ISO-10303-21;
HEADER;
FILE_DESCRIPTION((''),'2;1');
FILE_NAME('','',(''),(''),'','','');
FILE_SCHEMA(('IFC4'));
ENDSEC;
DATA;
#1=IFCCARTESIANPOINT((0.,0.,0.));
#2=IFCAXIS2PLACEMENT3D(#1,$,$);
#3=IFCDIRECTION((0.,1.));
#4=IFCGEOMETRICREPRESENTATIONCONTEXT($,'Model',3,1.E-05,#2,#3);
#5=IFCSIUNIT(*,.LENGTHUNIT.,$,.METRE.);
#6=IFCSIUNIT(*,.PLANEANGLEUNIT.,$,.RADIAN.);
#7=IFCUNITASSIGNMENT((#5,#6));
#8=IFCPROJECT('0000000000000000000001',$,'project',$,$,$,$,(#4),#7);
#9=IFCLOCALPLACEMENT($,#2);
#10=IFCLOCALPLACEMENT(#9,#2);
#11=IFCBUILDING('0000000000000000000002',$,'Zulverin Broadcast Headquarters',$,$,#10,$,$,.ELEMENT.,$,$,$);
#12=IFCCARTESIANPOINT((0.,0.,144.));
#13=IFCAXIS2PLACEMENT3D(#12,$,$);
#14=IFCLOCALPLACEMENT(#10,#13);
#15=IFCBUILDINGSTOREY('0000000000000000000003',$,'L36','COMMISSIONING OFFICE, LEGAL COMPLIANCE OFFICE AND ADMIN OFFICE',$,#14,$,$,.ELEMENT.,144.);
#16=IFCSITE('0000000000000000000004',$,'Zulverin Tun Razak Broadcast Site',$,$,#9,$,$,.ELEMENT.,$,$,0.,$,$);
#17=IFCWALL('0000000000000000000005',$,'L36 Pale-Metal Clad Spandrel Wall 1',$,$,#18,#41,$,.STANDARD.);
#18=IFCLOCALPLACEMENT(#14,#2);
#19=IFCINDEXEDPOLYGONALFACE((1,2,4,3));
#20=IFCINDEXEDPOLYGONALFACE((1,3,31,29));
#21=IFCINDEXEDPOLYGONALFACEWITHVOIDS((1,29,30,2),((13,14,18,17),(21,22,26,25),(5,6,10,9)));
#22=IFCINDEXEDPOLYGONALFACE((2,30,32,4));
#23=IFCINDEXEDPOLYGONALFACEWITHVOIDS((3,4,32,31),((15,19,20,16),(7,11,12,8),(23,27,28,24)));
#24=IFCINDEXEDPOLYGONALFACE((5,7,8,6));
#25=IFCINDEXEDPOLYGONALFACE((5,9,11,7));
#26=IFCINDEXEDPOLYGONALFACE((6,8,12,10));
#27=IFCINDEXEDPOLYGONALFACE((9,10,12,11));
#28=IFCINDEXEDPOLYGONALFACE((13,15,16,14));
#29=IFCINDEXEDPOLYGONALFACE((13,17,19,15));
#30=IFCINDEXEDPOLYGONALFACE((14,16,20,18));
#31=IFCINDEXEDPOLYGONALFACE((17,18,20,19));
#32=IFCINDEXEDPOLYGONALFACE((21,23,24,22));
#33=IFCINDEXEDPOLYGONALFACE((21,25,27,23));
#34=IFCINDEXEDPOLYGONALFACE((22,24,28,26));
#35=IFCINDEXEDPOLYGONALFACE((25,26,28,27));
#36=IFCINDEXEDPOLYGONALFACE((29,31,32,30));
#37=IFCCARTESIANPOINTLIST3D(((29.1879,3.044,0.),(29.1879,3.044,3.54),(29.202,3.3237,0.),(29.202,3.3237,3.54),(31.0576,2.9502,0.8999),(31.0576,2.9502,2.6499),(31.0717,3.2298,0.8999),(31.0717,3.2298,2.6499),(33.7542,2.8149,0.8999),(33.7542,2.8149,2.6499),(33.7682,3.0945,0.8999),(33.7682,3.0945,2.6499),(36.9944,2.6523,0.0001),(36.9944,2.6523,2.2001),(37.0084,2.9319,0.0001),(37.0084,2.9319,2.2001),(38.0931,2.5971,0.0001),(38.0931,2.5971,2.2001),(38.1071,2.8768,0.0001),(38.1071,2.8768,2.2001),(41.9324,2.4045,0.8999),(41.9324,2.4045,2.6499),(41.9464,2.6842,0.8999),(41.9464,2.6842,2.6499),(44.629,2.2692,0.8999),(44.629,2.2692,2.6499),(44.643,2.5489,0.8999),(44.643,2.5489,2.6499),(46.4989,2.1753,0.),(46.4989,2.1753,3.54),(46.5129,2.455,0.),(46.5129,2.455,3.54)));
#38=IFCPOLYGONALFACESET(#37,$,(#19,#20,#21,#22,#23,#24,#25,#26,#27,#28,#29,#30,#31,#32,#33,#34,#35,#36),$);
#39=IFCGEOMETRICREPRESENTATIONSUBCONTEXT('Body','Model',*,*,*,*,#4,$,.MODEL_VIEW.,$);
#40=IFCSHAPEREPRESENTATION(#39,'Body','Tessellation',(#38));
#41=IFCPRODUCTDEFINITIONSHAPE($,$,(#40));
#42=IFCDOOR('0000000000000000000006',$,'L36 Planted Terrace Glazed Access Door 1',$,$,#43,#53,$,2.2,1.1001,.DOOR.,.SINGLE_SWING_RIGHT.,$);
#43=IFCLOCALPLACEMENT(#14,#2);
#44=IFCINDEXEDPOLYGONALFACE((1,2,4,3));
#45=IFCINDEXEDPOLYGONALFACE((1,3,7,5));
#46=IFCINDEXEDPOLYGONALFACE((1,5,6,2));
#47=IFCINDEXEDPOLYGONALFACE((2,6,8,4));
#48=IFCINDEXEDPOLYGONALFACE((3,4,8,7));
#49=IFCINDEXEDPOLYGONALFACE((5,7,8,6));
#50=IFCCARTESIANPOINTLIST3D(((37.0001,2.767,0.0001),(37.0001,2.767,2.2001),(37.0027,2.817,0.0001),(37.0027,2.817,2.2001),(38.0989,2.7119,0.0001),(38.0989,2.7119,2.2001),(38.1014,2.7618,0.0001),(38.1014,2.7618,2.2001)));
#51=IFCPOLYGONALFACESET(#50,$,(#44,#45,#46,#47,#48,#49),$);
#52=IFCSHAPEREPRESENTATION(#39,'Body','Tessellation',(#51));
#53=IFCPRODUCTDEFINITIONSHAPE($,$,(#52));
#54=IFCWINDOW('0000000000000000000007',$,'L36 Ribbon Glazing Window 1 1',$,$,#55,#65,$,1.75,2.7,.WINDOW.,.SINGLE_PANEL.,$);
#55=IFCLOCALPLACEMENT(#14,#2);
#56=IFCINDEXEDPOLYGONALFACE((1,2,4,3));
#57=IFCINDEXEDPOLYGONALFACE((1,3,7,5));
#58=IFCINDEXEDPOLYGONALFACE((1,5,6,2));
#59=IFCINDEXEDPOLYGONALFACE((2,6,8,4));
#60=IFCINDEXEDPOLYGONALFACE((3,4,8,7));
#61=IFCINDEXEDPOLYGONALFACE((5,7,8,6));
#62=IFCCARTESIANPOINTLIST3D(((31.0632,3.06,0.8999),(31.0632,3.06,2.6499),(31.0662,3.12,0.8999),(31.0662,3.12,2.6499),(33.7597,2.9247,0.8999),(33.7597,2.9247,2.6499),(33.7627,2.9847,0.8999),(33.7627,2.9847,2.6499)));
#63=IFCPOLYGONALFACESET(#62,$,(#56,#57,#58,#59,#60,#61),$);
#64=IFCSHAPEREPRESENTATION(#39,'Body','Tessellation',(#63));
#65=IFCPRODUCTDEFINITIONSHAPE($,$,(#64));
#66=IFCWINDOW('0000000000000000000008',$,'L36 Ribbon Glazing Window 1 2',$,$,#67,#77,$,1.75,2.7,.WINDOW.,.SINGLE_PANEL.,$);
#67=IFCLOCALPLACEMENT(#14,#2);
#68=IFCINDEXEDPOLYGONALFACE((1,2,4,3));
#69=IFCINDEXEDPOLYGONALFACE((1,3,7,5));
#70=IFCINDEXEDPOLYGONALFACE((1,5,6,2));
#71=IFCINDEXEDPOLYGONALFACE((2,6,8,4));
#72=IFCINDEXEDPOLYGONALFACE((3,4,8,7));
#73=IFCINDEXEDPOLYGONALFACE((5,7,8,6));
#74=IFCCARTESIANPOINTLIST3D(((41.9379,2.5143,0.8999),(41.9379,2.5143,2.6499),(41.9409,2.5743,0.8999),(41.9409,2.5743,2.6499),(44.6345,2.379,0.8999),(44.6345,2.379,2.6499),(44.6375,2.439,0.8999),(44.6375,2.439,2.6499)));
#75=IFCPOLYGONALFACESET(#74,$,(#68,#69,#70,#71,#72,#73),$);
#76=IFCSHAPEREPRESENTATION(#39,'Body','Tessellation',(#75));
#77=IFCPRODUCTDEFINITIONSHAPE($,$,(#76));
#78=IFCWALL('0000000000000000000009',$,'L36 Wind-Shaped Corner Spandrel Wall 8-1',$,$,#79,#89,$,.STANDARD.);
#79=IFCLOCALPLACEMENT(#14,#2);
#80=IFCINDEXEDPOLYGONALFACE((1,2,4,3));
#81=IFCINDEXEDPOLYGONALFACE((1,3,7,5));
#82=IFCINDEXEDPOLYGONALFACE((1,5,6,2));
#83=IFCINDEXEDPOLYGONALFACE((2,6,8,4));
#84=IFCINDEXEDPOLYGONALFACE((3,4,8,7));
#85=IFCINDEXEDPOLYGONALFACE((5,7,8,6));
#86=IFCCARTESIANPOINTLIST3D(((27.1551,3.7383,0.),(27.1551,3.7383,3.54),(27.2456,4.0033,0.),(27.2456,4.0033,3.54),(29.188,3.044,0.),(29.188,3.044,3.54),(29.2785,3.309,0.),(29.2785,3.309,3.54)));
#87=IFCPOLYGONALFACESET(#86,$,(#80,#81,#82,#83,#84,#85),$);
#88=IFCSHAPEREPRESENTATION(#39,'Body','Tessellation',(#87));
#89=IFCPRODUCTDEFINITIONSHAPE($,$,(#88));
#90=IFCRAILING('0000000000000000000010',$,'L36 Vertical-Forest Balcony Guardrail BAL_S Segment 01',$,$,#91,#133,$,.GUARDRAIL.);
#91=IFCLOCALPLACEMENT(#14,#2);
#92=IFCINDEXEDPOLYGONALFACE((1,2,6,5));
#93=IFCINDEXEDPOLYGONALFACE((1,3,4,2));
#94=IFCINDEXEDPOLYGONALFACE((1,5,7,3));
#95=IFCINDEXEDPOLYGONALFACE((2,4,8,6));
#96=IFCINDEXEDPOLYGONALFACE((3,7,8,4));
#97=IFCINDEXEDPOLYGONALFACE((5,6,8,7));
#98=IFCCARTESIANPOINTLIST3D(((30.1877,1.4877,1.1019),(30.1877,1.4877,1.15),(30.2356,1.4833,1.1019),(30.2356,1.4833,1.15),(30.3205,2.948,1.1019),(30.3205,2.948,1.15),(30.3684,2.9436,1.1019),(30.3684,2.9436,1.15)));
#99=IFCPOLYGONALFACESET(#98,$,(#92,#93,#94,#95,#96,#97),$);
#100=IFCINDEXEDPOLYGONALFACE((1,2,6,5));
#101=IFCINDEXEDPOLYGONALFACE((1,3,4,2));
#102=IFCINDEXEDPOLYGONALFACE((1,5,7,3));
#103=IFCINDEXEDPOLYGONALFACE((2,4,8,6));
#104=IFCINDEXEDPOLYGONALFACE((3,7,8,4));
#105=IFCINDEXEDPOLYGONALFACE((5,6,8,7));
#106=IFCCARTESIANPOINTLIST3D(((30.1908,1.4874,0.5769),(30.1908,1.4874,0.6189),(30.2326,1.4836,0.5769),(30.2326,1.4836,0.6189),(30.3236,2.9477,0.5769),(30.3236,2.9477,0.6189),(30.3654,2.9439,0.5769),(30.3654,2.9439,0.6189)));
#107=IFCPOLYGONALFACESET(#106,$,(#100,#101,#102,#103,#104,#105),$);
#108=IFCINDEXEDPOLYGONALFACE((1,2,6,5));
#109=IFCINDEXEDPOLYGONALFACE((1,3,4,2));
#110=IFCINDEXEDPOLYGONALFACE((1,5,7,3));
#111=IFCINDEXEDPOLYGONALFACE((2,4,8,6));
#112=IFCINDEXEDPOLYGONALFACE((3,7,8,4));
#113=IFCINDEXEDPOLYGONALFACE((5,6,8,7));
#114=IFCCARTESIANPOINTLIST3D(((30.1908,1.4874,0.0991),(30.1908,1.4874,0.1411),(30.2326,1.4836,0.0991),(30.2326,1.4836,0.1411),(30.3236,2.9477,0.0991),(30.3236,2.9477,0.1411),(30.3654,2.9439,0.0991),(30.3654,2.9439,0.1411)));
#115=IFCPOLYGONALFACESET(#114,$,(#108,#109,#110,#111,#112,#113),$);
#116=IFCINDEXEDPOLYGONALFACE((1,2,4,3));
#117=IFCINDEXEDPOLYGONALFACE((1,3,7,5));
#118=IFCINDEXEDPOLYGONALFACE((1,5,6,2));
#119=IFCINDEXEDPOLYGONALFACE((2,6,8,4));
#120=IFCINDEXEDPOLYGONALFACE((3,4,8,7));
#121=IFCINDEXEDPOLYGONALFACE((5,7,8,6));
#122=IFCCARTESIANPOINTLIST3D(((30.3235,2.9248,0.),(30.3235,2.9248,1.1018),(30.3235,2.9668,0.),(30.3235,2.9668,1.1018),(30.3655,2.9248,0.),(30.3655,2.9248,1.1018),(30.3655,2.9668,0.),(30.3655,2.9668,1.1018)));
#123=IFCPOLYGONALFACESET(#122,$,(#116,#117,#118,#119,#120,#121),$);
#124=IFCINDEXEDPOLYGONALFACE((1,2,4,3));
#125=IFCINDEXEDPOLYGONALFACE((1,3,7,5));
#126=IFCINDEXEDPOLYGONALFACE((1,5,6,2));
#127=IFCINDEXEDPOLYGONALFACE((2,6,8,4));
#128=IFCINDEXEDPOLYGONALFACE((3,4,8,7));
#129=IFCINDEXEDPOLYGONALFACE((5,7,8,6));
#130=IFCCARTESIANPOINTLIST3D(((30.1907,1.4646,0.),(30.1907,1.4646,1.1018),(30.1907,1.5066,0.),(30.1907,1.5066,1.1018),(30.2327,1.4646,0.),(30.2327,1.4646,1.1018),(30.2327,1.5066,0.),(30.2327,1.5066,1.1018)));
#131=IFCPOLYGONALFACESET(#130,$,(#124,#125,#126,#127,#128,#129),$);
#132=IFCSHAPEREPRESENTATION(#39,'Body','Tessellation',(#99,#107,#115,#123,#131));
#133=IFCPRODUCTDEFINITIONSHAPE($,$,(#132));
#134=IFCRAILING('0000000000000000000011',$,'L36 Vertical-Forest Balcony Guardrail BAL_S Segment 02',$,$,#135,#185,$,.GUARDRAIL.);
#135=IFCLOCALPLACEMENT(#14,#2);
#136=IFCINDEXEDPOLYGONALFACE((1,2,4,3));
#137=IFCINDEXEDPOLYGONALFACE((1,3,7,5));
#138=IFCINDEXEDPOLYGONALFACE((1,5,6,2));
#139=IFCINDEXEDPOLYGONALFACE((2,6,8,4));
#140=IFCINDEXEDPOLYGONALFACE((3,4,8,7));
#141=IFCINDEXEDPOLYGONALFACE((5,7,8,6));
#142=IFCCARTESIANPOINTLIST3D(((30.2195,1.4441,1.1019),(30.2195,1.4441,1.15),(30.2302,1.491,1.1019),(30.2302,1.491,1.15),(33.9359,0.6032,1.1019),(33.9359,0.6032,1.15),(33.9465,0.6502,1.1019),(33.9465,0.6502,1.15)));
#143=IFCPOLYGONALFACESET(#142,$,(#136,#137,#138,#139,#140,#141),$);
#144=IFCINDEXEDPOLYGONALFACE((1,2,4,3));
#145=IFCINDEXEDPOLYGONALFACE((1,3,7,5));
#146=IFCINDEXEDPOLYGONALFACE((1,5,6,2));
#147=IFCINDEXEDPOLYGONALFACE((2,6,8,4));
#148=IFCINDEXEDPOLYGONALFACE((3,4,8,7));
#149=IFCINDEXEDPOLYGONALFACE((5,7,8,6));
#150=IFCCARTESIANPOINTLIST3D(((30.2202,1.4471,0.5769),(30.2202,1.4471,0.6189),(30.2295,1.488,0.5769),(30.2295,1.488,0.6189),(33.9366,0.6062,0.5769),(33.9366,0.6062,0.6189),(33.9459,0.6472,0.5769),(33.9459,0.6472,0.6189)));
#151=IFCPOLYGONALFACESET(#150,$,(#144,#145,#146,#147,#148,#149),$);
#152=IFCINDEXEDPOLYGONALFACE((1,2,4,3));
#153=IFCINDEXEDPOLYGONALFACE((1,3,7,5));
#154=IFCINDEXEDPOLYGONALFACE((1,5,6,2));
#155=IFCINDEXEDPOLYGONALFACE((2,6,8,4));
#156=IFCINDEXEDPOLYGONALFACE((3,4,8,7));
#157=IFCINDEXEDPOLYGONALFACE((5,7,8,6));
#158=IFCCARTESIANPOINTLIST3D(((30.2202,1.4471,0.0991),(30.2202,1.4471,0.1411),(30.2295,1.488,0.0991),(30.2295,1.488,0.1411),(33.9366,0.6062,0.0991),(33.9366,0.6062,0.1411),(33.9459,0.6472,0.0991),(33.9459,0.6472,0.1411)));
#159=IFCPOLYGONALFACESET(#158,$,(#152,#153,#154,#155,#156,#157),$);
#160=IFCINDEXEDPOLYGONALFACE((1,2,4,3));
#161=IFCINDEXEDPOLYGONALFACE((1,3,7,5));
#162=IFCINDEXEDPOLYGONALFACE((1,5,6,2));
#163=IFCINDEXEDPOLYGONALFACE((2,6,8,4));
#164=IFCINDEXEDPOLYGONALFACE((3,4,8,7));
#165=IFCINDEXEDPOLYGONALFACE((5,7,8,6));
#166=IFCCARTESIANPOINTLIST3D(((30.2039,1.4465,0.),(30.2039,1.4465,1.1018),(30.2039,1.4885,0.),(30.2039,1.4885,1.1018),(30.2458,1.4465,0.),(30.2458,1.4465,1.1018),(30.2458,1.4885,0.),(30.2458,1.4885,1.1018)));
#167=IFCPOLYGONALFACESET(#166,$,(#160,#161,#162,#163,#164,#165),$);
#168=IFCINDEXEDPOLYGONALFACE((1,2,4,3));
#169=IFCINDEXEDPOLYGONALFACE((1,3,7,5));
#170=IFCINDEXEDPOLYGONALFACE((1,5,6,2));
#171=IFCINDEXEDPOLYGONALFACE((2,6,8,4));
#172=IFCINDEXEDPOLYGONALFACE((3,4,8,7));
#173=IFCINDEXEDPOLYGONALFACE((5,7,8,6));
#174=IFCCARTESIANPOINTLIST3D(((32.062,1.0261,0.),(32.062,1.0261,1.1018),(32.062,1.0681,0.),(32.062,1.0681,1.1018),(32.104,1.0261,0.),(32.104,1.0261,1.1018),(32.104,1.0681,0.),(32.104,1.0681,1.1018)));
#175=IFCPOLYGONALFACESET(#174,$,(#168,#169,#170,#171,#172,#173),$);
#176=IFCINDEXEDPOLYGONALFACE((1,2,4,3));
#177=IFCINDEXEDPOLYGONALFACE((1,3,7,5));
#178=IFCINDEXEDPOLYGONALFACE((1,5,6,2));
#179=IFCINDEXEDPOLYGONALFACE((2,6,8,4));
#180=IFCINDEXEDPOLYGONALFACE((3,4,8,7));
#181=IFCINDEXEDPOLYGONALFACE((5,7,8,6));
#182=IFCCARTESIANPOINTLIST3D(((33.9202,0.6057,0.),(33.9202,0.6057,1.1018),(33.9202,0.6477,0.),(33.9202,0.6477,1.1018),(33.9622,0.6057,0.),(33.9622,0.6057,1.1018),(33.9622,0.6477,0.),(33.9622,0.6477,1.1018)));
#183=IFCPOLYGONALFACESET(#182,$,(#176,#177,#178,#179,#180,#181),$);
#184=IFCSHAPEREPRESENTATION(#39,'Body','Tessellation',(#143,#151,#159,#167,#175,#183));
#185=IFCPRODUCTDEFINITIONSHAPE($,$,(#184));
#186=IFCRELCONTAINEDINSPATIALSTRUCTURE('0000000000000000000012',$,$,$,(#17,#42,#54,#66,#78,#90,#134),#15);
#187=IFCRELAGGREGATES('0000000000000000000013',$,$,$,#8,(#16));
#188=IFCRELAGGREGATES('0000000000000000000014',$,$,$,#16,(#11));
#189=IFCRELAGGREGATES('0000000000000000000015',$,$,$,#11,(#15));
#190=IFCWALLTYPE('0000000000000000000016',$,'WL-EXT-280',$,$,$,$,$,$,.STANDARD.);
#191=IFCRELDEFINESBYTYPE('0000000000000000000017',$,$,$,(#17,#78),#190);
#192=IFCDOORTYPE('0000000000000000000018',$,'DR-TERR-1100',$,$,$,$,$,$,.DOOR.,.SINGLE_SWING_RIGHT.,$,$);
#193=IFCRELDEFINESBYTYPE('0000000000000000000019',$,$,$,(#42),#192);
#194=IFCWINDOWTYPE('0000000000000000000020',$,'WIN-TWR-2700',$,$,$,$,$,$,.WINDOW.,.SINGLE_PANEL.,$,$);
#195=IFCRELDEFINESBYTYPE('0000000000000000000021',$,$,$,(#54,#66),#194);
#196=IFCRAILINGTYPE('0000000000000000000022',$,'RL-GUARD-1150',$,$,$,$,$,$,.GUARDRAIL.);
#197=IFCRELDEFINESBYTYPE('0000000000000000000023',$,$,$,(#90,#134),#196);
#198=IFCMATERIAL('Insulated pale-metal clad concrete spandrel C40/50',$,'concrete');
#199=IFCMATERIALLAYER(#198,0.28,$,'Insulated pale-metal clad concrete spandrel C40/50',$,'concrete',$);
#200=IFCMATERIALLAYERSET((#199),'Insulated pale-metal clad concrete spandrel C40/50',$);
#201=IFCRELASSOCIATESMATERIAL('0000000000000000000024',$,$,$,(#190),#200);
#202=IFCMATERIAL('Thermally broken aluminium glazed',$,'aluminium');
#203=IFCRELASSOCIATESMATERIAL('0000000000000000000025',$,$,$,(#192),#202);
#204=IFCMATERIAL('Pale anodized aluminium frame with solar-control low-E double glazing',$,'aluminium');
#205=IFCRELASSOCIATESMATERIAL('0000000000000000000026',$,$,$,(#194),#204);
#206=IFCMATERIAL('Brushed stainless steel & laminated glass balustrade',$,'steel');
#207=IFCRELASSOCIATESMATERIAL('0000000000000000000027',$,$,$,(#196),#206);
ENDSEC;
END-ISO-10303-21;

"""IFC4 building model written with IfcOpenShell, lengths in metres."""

from ifc_helpers import new_model, si_unit, direction, frame, frame_2d, origin, origin_2d, place, context, subcontext, project, spatial, rectangle, extrude, material, layer, layer_set, type_object, element, fill, save


model = new_model("IFC4")

# Units and contexts
model_context = context("Model", 3, precision=1e-05, world=origin(), true_north=direction((0.0, 1.0)))
body_context = subcontext(model_context, "Body", "Model", "MODEL_VIEW")
ifc_project = project(units=[si_unit("LENGTHUNIT", "METRE"), si_unit("PLANEANGLEUNIT", "RADIAN")], contexts=[model_context])

# Site, building, storey
site_placement = place(None, origin())
site = spatial("IfcSite", under=ifc_project, at=site_placement, Name="Zulverin Tun Razak Broadcast Site", CompositionType="ELEMENT", RefElevation=0.0)
building_placement = place(site_placement, origin())
building = spatial("IfcBuilding", under=site, at=building_placement, Name="Zulverin Broadcast Headquarters", CompositionType="ELEMENT")
storey_placement = place(building_placement, frame((0.0, 0.0, 144.0)))
storey = spatial("IfcBuildingStorey", under=building, at=storey_placement, Name="L36", Description="COMMISSIONING OFFICE, LEGAL COMPLIANCE OFFICE AND ADMIN OFFICE", CompositionType="ELEMENT", Elevation=144.0)

# Wall, openings, door, windows
ifc_material_1 = material(Name="Insulated pale-metal clad concrete spandrel C40/50", Category="concrete")
ifc_layer_1 = layer(ifc_material_1, 0.28, Name="Insulated pale-metal clad concrete spandrel C40/50", Category="concrete")
ifc_layer_set_1 = layer_set([ifc_layer_1], Name="Insulated pale-metal clad concrete spandrel C40/50")
wall_type = type_object("IfcWallType", Name="WL-EXT-280", PredefinedType="STANDARD", material=ifc_layer_set_1)
wall_1_placement = place(storey_placement, frame((29.1948, 3.1838, 0.0), z_axis=(0.0, 0.0, 1.0), x_axis=(0.998743, -0.050116, 0.0)))
wall_1 = element("IfcWall", 1, at=wall_1_placement, inside=storey, type_object=wall_type, Name="L36 Pale-Metal Clad Spandrel Wall 1", PredefinedType="STANDARD", context=body_context, shape_type="SweptSolid", body=[
    extrude(rectangle(XDim=17.3328, YDim=0.28, at=frame_2d((8.6665, 0.0))), origin(), (0.0, 0.0, 1.0), 3.54),
])
opening_1_placement = place(wall_1_placement, frame((7.8164, 0.0, 0.0)))
opening_1 = element("IfcOpeningElement", 2, at=opening_1_placement, cuts=wall_1, PredefinedType="OPENING", context=body_context, shape_type="SweptSolid", body=[
    extrude(rectangle(XDim=1.1001, YDim=2.2, at=frame_2d((0.55, 1.1001))), frame((0.0, 0.1499, 0.0), z_axis=(0.0, -1.0, 0.0), x_axis=(1.0, 0.0, 0.0)), (0.0, 0.0, 1.0), 0.3),
])
opening_2_placement = place(wall_1_placement, frame((1.8721, 0.0, 0.8999)))
opening_2 = element("IfcOpeningElement", 3, at=opening_2_placement, cuts=wall_1, PredefinedType="OPENING", context=body_context, shape_type="SweptSolid", body=[
    extrude(rectangle(XDim=2.7, YDim=1.75, at=frame_2d((1.3501, 0.875))), frame((0.0, 0.1499, 0.0), z_axis=(0.0, -1.0, 0.0), x_axis=(1.0, 0.0, 0.0)), (0.0, 0.0, 1.0), 0.3),
])
opening_3_placement = place(wall_1_placement, frame((12.7605, 0.0, 0.8999)))
opening_3 = element("IfcOpeningElement", 4, at=opening_3_placement, cuts=wall_1, PredefinedType="OPENING", context=body_context, shape_type="SweptSolid", body=[
    extrude(rectangle(XDim=2.7, YDim=1.75, at=frame_2d((1.3501, 0.875))), frame((0.0, 0.1499, 0.0), z_axis=(0.0, -1.0, 0.0), x_axis=(1.0, 0.0, 0.0)), (0.0, 0.0, 1.0), 0.3),
])
ifc_material_2 = material(Name="Thermally broken aluminium glazed", Category="aluminium")
door_type = type_object("IfcDoorType", Name="DR-TERR-1100", OperationType="SINGLE_SWING_RIGHT", PredefinedType="DOOR", material=ifc_material_2)
door_placement = place(opening_1_placement, origin())
door = element("IfcDoor", 5, at=door_placement, inside=storey, type_object=door_type, Name="L36 Planted Terrace Glazed Access Door 1", OperationType="SINGLE_SWING_RIGHT", OverallHeight=2.2, OverallWidth=1.1001, PredefinedType="DOOR", context=body_context, shape_type="SweptSolid", body=[
    extrude(rectangle(XDim=1.1001, YDim=2.2, at=frame_2d((0.55, 1.1001))), frame((0.0, 0.0249, 0.0), z_axis=(0.0, -1.0, 0.0), x_axis=(1.0, 0.0, 0.0)), (0.0, 0.0, 1.0), 0.05),
])
fill(opening_1, door)
ifc_material_3 = material(Name="Pale anodized aluminium frame with solar-control low-E double glazing", Category="aluminium")
window_type = type_object("IfcWindowType", Name="WIN-TWR-2700", PartitioningType="SINGLE_PANEL", PredefinedType="WINDOW", material=ifc_material_3)
window_1_placement = place(opening_2_placement, origin())
window_1 = element("IfcWindow", 6, at=window_1_placement, inside=storey, type_object=window_type, Name="L36 Ribbon Glazing Window 1 1", OverallHeight=1.75, OverallWidth=2.7, PartitioningType="SINGLE_PANEL", PredefinedType="WINDOW", context=body_context, shape_type="SweptSolid", body=[
    extrude(rectangle(XDim=2.7, YDim=1.75, at=frame_2d((1.3501, 0.875))), frame((0.0, 0.03, 0.0), z_axis=(0.0, -1.0, 0.0), x_axis=(1.0, 0.0, 0.0)), (0.0, 0.0, 1.0), 0.0601),
])
fill(opening_2, window_1)
window_2_placement = place(opening_3_placement, origin())
window_2 = element("IfcWindow", 7, at=window_2_placement, inside=storey, type_object=window_type, Name="L36 Ribbon Glazing Window 1 2", OverallHeight=1.75, OverallWidth=2.7, PartitioningType="SINGLE_PANEL", PredefinedType="WINDOW", context=body_context, shape_type="SweptSolid", body=[
    extrude(rectangle(XDim=2.7, YDim=1.75, at=frame_2d((1.3501, 0.875))), frame((0.0, 0.03, 0.0), z_axis=(0.0, -1.0, 0.0), x_axis=(1.0, 0.0, 0.0)), (0.0, 0.0, 1.0), 0.0601),
])
fill(opening_3, window_2)

# Wall
wall_2_placement = place(storey_placement, frame((27.2002, 3.8708, 0.0), z_axis=(0.0, 0.0, 1.0), x_axis=(0.946328, -0.323208, 0.0)))
element("IfcWall", 8, at=wall_2_placement, inside=storey, type_object=wall_type, Name="L36 Wind-Shaped Corner Spandrel Wall 8-1", PredefinedType="STANDARD", context=body_context, shape_type="SweptSolid", body=[
    extrude(rectangle(XDim=2.1482, YDim=0.28, at=frame_2d((1.0742, 0.0))), origin(), (0.0, 0.0, 1.0), 3.54),
])

# Railings
ifc_material_4 = material(Name="Brushed stainless steel & laminated glass balustrade", Category="steel")
railing_type = type_object("IfcRailingType", Name="RL-GUARD-1150", PredefinedType="GUARDRAIL", material=ifc_material_4)
railing_1_placement = place(storey_placement, frame((30.3445, 2.9458, 0.0)))
element("IfcRailing", 9, at=railing_1_placement, inside=storey, type_object=railing_type, Name="L36 Vertical-Forest Balcony Guardrail BAL_S Segment 01", PredefinedType="GUARDRAIL", context=body_context, shape_type="SweptSolid", body=[
    extrude(rectangle(XDim=0.0481, YDim=0.0481, at=origin_2d()), frame((0.0, 0.0, 1.126), z_axis=(-0.090581, -0.995889, 0.0), x_axis=(0.995889, -0.090581, 0.0)), (0.0, 0.0, 1.0), 1.4663),
    extrude(rectangle(XDim=0.042, YDim=0.042, at=origin_2d()), frame((0.0, 0.0, 0.5979), z_axis=(-0.090581, -0.995889, 0.0), x_axis=(0.995889, -0.090581, 0.0)), (0.0, 0.0, 1.0), 1.4663),
    extrude(rectangle(XDim=0.042, YDim=0.042, at=origin_2d()), frame((0.0, 0.0, 0.1201), z_axis=(-0.090581, -0.995889, 0.0), x_axis=(0.995889, -0.090581, 0.0)), (0.0, 0.0, 1.0), 1.4663),
    extrude(rectangle(XDim=0.042, YDim=0.042, at=origin_2d()), origin(), (0.0, 0.0, 1.0), 1.1018),
    extrude(rectangle(XDim=0.042, YDim=0.042, at=origin_2d()), frame((-0.1328, -1.4602, 0.0)), (0.0, 0.0, 1.0), 1.1018),
])
railing_2_placement = place(storey_placement, frame((30.2249, 1.4675, 0.0)))
element("IfcRailing", 10, at=railing_2_placement, inside=storey, type_object=railing_type, Name="L36 Vertical-Forest Balcony Guardrail BAL_S Segment 02", PredefinedType="GUARDRAIL", context=body_context, shape_type="SweptSolid", body=[
    extrude(rectangle(XDim=0.0481, YDim=0.0481, at=origin_2d()), frame((0.0, 0.0, 1.126), z_axis=(0.975348, -0.220674, 0.0), x_axis=(0.220674, 0.975348, 0.0)), (0.0, 0.0, 1.0), 3.8103),
    extrude(rectangle(XDim=0.042, YDim=0.042, at=origin_2d()), frame((0.0, 0.0, 0.5979), z_axis=(0.975348, -0.220674, 0.0), x_axis=(0.220674, 0.975348, 0.0)), (0.0, 0.0, 1.0), 3.8103),
    extrude(rectangle(XDim=0.042, YDim=0.042, at=origin_2d()), frame((0.0, 0.0, 0.1201), z_axis=(0.975348, -0.220674, 0.0), x_axis=(0.220674, 0.975348, 0.0)), (0.0, 0.0, 1.0), 3.8103),
    extrude(rectangle(XDim=0.042, YDim=0.042, at=origin_2d()), origin(), (0.0, 0.0, 1.0), 1.1018),
    extrude(rectangle(XDim=0.042, YDim=0.042, at=origin_2d()), frame((1.8582, -0.4204, 0.0)), (0.0, 0.0, 1.0), 1.1018),
    extrude(rectangle(XDim=0.042, YDim=0.042, at=origin_2d()), frame((3.7163, -0.8408, 0.0)), (0.0, 0.0, 1.0), 1.1018),
])

save(model, "model.ifc")
